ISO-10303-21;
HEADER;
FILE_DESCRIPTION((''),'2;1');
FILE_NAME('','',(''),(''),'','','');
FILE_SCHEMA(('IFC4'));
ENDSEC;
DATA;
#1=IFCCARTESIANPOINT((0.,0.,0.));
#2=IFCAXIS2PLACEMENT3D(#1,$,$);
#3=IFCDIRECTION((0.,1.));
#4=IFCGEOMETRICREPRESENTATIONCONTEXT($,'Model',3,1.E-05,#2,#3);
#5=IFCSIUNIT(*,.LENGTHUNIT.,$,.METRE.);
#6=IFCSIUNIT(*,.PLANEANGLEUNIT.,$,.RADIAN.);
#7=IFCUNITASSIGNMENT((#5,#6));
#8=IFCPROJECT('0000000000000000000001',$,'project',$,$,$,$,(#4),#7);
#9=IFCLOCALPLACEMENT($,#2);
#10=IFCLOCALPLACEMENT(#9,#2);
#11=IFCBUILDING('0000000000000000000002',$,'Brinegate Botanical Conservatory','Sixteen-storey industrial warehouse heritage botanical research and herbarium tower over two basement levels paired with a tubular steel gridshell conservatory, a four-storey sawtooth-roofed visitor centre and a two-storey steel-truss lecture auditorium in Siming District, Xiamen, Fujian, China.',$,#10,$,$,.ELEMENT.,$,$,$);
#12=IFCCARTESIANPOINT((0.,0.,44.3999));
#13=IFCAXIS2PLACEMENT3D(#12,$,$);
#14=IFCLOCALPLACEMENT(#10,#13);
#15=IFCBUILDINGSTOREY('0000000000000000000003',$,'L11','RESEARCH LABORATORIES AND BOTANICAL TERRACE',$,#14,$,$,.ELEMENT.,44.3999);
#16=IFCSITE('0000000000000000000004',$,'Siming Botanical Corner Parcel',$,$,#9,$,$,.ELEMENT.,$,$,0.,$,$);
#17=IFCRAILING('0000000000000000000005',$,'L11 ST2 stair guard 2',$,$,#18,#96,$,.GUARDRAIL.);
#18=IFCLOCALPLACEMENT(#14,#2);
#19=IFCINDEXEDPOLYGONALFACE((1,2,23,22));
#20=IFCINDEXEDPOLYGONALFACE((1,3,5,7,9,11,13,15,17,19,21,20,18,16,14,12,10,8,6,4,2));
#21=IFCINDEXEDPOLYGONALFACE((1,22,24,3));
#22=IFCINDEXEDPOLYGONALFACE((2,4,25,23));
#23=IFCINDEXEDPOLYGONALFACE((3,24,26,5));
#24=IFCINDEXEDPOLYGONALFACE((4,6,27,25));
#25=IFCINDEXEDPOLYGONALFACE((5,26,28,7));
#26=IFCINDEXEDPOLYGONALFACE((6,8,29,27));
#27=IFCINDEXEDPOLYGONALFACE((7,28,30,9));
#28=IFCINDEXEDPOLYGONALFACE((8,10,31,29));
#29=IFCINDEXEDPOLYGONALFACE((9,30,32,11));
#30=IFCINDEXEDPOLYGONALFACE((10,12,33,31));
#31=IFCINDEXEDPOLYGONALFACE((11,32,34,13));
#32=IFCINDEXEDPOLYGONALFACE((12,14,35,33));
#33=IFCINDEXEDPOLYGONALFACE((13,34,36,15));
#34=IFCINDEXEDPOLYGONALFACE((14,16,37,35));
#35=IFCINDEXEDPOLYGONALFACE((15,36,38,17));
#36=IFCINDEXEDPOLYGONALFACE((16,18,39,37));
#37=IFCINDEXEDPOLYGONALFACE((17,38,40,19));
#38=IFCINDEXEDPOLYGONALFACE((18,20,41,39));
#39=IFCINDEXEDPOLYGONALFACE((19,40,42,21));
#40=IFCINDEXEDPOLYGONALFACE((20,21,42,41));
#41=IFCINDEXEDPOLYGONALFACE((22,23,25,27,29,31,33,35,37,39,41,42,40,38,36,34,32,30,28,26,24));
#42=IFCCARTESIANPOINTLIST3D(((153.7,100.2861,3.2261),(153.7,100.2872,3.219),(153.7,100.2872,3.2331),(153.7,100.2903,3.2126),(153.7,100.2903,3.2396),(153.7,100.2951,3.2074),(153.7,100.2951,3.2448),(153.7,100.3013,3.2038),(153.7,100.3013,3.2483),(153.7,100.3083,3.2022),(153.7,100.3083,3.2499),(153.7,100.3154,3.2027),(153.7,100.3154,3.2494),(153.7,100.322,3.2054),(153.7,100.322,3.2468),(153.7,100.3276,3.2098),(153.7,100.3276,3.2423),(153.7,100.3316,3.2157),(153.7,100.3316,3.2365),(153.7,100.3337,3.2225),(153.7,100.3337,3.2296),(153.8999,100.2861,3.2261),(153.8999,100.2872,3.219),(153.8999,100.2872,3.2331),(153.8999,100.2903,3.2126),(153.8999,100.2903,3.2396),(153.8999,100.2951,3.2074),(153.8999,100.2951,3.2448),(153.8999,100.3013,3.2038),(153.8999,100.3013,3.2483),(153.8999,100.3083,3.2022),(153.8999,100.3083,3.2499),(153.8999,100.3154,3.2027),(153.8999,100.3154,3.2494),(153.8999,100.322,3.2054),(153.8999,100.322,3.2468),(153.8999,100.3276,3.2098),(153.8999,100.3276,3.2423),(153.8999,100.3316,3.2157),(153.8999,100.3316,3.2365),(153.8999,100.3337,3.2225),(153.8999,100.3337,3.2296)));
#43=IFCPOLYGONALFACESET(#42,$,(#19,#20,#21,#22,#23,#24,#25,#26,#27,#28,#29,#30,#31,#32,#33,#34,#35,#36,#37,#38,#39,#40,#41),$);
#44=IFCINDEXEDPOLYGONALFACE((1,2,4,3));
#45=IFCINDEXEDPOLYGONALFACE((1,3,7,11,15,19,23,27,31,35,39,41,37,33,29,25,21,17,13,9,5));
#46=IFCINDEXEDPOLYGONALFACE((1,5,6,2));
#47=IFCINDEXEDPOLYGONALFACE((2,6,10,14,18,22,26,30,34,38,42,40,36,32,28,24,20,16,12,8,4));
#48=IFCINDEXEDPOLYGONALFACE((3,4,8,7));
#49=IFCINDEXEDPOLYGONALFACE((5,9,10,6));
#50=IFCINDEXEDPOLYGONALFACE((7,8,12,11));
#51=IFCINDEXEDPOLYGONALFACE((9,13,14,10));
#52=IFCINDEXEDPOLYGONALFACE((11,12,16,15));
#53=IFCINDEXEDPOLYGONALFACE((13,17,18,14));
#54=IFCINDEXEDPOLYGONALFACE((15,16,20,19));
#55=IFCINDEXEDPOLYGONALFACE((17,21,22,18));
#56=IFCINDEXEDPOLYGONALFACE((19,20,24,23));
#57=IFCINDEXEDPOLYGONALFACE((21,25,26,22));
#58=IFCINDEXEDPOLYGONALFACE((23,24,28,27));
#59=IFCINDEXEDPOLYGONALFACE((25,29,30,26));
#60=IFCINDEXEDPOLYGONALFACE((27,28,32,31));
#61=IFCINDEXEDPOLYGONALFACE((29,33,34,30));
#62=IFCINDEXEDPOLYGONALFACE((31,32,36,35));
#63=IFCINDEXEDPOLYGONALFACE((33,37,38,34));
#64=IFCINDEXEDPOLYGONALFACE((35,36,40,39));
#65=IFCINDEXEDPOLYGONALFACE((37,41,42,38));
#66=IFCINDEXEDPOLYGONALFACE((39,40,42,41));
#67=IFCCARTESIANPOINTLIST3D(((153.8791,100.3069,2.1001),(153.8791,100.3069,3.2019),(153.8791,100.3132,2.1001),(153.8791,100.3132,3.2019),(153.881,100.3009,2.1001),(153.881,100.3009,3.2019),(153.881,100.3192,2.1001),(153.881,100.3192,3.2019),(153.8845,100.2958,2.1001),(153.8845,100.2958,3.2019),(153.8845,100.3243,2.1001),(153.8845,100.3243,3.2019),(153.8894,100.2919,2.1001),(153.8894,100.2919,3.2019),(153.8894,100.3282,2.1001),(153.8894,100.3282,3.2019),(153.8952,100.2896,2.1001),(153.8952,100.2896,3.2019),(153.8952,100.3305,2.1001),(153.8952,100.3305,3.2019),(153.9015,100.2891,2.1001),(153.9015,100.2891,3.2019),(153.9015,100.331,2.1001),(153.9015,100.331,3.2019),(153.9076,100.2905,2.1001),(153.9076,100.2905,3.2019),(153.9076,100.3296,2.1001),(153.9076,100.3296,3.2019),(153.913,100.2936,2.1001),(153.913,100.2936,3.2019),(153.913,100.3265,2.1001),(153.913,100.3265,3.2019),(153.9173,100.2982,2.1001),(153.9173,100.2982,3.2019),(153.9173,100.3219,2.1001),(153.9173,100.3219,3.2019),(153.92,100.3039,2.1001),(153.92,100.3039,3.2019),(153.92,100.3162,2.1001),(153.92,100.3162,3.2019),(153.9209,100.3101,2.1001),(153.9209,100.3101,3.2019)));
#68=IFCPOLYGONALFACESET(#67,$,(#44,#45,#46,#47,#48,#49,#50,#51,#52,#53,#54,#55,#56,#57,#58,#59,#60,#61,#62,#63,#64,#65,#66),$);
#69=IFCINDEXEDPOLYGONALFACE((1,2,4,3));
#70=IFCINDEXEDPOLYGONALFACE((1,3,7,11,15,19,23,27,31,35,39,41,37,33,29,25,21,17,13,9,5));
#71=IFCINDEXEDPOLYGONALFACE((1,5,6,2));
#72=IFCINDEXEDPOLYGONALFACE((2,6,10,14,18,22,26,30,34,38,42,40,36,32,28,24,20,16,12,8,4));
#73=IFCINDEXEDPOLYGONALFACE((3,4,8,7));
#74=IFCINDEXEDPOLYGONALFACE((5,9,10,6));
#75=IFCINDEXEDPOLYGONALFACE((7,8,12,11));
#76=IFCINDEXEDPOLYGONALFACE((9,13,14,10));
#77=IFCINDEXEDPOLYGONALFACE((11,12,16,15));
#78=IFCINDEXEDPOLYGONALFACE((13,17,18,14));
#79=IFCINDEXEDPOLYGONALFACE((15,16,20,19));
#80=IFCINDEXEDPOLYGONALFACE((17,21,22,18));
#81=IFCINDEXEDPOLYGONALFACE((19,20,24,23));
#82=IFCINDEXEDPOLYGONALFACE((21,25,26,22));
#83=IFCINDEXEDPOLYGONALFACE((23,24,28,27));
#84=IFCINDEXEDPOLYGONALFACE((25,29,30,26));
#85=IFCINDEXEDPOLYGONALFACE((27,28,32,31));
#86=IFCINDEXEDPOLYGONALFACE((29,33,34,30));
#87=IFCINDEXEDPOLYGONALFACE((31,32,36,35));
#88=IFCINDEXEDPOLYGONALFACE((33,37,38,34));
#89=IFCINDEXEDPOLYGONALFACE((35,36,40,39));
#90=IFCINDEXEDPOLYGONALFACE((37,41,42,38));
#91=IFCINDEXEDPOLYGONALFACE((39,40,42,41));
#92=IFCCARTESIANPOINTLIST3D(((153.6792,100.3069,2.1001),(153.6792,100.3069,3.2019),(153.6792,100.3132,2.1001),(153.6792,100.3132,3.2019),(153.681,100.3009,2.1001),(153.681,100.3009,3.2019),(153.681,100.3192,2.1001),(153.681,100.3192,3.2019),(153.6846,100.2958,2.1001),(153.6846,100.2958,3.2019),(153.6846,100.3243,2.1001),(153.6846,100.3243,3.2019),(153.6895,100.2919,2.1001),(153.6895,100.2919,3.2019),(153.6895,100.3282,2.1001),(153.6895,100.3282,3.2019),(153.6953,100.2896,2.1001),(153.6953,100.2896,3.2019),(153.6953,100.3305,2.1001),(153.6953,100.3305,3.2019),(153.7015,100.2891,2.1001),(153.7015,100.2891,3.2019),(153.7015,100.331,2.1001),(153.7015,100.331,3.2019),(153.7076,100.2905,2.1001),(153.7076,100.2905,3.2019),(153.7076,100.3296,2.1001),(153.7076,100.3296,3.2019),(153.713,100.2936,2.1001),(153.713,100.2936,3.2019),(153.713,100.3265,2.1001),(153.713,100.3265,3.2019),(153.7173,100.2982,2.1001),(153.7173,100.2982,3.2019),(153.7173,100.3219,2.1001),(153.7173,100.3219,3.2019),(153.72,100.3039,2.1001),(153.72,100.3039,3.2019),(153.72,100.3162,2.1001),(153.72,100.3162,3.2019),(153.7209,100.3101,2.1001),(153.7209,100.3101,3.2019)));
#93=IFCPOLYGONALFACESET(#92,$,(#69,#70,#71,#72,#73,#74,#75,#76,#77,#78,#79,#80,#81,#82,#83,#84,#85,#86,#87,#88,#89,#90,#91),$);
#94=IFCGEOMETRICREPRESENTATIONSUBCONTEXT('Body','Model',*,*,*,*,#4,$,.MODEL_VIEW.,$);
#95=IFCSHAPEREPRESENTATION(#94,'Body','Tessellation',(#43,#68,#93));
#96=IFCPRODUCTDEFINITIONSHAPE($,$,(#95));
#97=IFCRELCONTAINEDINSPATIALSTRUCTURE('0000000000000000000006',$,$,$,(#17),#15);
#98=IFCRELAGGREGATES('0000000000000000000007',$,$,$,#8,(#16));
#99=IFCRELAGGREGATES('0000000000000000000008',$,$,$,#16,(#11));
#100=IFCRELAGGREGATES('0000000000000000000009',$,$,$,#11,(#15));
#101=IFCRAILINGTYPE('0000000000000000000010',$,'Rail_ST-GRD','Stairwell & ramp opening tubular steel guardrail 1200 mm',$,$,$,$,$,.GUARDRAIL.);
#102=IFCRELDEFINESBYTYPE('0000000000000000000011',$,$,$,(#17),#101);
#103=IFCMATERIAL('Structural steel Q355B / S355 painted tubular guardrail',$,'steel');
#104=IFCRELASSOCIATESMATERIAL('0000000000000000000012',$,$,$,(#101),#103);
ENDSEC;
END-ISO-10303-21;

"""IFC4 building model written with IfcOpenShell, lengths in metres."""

from ifc_helpers import new_model, si_unit, direction, frame, origin, origin_2d, place, context, subcontext, project, spatial, circle, extrude, material, type_object, element, save


model = new_model("IFC4")

# Units and contexts
model_context = context("Model", 3, precision=1e-05, world=origin(), true_north=direction((0.0, 1.0)))
body_context = subcontext(model_context, "Body", "Model", "MODEL_VIEW")
ifc_project = project(units=[si_unit("LENGTHUNIT", "METRE"), si_unit("PLANEANGLEUNIT", "RADIAN")], contexts=[model_context])

# Site, building, storey
site_placement = place(None, origin())
site = spatial("IfcSite", under=ifc_project, at=site_placement, Name="Siming Botanical Corner Parcel", CompositionType="ELEMENT", RefElevation=0.0)
building_placement = place(site_placement, origin())
building = spatial("IfcBuilding", under=site, at=building_placement, Name="Brinegate Botanical Conservatory", Description="Sixteen-storey industrial warehouse heritage botanical research and herbarium tower over two basement levels paired with a tubular steel gridshell conservatory, a four-storey sawtooth-roofed visitor centre and a two-storey steel-truss lecture auditorium in Siming District, Xiamen, Fujian, China.", CompositionType="ELEMENT")
storey_placement = place(building_placement, frame((0.0, 0.0, 44.3999)))
storey = spatial("IfcBuildingStorey", under=building, at=storey_placement, Name="L11", Description="RESEARCH LABORATORIES AND BOTANICAL TERRACE", CompositionType="ELEMENT", Elevation=44.3999)

# Railing
ifc_material_1 = material(Name="Structural steel Q355B / S355 painted tubular guardrail", Category="steel")
railing_type_1 = type_object("IfcRailingType", Name="Rail_ST-GRD", Description="Stairwell & ramp opening tubular steel guardrail 1200 mm", PredefinedType="GUARDRAIL", material=ifc_material_1)
railing_1_placement = place(storey_placement, frame((153.8999, 100.3101, 2.1001)))
element("IfcRailing", 1, at=railing_1_placement, inside=storey, type_object=railing_type_1, Name="L11 ST2 stair guard 2", PredefinedType="GUARDRAIL", context=body_context, shape_type="SweptSolid", body=[
    extrude(circle(Radius=0.0239, at=origin_2d()), frame((0.0, 0.0, 1.126), z_axis=(-1.0, 0.0, 0.0), x_axis=(0.0, -1.0, 0.0)), (0.0, 0.0, 1.0), 0.2),
    extrude(circle(Radius=0.021, at=origin_2d()), origin(), (0.0, 0.0, 1.0), 1.1018),
    extrude(circle(Radius=0.021, at=origin_2d()), frame((-0.2, 0.0, 0.0)), (0.0, 0.0, 1.0), 1.1018),
])

save(model, "model.ifc")
